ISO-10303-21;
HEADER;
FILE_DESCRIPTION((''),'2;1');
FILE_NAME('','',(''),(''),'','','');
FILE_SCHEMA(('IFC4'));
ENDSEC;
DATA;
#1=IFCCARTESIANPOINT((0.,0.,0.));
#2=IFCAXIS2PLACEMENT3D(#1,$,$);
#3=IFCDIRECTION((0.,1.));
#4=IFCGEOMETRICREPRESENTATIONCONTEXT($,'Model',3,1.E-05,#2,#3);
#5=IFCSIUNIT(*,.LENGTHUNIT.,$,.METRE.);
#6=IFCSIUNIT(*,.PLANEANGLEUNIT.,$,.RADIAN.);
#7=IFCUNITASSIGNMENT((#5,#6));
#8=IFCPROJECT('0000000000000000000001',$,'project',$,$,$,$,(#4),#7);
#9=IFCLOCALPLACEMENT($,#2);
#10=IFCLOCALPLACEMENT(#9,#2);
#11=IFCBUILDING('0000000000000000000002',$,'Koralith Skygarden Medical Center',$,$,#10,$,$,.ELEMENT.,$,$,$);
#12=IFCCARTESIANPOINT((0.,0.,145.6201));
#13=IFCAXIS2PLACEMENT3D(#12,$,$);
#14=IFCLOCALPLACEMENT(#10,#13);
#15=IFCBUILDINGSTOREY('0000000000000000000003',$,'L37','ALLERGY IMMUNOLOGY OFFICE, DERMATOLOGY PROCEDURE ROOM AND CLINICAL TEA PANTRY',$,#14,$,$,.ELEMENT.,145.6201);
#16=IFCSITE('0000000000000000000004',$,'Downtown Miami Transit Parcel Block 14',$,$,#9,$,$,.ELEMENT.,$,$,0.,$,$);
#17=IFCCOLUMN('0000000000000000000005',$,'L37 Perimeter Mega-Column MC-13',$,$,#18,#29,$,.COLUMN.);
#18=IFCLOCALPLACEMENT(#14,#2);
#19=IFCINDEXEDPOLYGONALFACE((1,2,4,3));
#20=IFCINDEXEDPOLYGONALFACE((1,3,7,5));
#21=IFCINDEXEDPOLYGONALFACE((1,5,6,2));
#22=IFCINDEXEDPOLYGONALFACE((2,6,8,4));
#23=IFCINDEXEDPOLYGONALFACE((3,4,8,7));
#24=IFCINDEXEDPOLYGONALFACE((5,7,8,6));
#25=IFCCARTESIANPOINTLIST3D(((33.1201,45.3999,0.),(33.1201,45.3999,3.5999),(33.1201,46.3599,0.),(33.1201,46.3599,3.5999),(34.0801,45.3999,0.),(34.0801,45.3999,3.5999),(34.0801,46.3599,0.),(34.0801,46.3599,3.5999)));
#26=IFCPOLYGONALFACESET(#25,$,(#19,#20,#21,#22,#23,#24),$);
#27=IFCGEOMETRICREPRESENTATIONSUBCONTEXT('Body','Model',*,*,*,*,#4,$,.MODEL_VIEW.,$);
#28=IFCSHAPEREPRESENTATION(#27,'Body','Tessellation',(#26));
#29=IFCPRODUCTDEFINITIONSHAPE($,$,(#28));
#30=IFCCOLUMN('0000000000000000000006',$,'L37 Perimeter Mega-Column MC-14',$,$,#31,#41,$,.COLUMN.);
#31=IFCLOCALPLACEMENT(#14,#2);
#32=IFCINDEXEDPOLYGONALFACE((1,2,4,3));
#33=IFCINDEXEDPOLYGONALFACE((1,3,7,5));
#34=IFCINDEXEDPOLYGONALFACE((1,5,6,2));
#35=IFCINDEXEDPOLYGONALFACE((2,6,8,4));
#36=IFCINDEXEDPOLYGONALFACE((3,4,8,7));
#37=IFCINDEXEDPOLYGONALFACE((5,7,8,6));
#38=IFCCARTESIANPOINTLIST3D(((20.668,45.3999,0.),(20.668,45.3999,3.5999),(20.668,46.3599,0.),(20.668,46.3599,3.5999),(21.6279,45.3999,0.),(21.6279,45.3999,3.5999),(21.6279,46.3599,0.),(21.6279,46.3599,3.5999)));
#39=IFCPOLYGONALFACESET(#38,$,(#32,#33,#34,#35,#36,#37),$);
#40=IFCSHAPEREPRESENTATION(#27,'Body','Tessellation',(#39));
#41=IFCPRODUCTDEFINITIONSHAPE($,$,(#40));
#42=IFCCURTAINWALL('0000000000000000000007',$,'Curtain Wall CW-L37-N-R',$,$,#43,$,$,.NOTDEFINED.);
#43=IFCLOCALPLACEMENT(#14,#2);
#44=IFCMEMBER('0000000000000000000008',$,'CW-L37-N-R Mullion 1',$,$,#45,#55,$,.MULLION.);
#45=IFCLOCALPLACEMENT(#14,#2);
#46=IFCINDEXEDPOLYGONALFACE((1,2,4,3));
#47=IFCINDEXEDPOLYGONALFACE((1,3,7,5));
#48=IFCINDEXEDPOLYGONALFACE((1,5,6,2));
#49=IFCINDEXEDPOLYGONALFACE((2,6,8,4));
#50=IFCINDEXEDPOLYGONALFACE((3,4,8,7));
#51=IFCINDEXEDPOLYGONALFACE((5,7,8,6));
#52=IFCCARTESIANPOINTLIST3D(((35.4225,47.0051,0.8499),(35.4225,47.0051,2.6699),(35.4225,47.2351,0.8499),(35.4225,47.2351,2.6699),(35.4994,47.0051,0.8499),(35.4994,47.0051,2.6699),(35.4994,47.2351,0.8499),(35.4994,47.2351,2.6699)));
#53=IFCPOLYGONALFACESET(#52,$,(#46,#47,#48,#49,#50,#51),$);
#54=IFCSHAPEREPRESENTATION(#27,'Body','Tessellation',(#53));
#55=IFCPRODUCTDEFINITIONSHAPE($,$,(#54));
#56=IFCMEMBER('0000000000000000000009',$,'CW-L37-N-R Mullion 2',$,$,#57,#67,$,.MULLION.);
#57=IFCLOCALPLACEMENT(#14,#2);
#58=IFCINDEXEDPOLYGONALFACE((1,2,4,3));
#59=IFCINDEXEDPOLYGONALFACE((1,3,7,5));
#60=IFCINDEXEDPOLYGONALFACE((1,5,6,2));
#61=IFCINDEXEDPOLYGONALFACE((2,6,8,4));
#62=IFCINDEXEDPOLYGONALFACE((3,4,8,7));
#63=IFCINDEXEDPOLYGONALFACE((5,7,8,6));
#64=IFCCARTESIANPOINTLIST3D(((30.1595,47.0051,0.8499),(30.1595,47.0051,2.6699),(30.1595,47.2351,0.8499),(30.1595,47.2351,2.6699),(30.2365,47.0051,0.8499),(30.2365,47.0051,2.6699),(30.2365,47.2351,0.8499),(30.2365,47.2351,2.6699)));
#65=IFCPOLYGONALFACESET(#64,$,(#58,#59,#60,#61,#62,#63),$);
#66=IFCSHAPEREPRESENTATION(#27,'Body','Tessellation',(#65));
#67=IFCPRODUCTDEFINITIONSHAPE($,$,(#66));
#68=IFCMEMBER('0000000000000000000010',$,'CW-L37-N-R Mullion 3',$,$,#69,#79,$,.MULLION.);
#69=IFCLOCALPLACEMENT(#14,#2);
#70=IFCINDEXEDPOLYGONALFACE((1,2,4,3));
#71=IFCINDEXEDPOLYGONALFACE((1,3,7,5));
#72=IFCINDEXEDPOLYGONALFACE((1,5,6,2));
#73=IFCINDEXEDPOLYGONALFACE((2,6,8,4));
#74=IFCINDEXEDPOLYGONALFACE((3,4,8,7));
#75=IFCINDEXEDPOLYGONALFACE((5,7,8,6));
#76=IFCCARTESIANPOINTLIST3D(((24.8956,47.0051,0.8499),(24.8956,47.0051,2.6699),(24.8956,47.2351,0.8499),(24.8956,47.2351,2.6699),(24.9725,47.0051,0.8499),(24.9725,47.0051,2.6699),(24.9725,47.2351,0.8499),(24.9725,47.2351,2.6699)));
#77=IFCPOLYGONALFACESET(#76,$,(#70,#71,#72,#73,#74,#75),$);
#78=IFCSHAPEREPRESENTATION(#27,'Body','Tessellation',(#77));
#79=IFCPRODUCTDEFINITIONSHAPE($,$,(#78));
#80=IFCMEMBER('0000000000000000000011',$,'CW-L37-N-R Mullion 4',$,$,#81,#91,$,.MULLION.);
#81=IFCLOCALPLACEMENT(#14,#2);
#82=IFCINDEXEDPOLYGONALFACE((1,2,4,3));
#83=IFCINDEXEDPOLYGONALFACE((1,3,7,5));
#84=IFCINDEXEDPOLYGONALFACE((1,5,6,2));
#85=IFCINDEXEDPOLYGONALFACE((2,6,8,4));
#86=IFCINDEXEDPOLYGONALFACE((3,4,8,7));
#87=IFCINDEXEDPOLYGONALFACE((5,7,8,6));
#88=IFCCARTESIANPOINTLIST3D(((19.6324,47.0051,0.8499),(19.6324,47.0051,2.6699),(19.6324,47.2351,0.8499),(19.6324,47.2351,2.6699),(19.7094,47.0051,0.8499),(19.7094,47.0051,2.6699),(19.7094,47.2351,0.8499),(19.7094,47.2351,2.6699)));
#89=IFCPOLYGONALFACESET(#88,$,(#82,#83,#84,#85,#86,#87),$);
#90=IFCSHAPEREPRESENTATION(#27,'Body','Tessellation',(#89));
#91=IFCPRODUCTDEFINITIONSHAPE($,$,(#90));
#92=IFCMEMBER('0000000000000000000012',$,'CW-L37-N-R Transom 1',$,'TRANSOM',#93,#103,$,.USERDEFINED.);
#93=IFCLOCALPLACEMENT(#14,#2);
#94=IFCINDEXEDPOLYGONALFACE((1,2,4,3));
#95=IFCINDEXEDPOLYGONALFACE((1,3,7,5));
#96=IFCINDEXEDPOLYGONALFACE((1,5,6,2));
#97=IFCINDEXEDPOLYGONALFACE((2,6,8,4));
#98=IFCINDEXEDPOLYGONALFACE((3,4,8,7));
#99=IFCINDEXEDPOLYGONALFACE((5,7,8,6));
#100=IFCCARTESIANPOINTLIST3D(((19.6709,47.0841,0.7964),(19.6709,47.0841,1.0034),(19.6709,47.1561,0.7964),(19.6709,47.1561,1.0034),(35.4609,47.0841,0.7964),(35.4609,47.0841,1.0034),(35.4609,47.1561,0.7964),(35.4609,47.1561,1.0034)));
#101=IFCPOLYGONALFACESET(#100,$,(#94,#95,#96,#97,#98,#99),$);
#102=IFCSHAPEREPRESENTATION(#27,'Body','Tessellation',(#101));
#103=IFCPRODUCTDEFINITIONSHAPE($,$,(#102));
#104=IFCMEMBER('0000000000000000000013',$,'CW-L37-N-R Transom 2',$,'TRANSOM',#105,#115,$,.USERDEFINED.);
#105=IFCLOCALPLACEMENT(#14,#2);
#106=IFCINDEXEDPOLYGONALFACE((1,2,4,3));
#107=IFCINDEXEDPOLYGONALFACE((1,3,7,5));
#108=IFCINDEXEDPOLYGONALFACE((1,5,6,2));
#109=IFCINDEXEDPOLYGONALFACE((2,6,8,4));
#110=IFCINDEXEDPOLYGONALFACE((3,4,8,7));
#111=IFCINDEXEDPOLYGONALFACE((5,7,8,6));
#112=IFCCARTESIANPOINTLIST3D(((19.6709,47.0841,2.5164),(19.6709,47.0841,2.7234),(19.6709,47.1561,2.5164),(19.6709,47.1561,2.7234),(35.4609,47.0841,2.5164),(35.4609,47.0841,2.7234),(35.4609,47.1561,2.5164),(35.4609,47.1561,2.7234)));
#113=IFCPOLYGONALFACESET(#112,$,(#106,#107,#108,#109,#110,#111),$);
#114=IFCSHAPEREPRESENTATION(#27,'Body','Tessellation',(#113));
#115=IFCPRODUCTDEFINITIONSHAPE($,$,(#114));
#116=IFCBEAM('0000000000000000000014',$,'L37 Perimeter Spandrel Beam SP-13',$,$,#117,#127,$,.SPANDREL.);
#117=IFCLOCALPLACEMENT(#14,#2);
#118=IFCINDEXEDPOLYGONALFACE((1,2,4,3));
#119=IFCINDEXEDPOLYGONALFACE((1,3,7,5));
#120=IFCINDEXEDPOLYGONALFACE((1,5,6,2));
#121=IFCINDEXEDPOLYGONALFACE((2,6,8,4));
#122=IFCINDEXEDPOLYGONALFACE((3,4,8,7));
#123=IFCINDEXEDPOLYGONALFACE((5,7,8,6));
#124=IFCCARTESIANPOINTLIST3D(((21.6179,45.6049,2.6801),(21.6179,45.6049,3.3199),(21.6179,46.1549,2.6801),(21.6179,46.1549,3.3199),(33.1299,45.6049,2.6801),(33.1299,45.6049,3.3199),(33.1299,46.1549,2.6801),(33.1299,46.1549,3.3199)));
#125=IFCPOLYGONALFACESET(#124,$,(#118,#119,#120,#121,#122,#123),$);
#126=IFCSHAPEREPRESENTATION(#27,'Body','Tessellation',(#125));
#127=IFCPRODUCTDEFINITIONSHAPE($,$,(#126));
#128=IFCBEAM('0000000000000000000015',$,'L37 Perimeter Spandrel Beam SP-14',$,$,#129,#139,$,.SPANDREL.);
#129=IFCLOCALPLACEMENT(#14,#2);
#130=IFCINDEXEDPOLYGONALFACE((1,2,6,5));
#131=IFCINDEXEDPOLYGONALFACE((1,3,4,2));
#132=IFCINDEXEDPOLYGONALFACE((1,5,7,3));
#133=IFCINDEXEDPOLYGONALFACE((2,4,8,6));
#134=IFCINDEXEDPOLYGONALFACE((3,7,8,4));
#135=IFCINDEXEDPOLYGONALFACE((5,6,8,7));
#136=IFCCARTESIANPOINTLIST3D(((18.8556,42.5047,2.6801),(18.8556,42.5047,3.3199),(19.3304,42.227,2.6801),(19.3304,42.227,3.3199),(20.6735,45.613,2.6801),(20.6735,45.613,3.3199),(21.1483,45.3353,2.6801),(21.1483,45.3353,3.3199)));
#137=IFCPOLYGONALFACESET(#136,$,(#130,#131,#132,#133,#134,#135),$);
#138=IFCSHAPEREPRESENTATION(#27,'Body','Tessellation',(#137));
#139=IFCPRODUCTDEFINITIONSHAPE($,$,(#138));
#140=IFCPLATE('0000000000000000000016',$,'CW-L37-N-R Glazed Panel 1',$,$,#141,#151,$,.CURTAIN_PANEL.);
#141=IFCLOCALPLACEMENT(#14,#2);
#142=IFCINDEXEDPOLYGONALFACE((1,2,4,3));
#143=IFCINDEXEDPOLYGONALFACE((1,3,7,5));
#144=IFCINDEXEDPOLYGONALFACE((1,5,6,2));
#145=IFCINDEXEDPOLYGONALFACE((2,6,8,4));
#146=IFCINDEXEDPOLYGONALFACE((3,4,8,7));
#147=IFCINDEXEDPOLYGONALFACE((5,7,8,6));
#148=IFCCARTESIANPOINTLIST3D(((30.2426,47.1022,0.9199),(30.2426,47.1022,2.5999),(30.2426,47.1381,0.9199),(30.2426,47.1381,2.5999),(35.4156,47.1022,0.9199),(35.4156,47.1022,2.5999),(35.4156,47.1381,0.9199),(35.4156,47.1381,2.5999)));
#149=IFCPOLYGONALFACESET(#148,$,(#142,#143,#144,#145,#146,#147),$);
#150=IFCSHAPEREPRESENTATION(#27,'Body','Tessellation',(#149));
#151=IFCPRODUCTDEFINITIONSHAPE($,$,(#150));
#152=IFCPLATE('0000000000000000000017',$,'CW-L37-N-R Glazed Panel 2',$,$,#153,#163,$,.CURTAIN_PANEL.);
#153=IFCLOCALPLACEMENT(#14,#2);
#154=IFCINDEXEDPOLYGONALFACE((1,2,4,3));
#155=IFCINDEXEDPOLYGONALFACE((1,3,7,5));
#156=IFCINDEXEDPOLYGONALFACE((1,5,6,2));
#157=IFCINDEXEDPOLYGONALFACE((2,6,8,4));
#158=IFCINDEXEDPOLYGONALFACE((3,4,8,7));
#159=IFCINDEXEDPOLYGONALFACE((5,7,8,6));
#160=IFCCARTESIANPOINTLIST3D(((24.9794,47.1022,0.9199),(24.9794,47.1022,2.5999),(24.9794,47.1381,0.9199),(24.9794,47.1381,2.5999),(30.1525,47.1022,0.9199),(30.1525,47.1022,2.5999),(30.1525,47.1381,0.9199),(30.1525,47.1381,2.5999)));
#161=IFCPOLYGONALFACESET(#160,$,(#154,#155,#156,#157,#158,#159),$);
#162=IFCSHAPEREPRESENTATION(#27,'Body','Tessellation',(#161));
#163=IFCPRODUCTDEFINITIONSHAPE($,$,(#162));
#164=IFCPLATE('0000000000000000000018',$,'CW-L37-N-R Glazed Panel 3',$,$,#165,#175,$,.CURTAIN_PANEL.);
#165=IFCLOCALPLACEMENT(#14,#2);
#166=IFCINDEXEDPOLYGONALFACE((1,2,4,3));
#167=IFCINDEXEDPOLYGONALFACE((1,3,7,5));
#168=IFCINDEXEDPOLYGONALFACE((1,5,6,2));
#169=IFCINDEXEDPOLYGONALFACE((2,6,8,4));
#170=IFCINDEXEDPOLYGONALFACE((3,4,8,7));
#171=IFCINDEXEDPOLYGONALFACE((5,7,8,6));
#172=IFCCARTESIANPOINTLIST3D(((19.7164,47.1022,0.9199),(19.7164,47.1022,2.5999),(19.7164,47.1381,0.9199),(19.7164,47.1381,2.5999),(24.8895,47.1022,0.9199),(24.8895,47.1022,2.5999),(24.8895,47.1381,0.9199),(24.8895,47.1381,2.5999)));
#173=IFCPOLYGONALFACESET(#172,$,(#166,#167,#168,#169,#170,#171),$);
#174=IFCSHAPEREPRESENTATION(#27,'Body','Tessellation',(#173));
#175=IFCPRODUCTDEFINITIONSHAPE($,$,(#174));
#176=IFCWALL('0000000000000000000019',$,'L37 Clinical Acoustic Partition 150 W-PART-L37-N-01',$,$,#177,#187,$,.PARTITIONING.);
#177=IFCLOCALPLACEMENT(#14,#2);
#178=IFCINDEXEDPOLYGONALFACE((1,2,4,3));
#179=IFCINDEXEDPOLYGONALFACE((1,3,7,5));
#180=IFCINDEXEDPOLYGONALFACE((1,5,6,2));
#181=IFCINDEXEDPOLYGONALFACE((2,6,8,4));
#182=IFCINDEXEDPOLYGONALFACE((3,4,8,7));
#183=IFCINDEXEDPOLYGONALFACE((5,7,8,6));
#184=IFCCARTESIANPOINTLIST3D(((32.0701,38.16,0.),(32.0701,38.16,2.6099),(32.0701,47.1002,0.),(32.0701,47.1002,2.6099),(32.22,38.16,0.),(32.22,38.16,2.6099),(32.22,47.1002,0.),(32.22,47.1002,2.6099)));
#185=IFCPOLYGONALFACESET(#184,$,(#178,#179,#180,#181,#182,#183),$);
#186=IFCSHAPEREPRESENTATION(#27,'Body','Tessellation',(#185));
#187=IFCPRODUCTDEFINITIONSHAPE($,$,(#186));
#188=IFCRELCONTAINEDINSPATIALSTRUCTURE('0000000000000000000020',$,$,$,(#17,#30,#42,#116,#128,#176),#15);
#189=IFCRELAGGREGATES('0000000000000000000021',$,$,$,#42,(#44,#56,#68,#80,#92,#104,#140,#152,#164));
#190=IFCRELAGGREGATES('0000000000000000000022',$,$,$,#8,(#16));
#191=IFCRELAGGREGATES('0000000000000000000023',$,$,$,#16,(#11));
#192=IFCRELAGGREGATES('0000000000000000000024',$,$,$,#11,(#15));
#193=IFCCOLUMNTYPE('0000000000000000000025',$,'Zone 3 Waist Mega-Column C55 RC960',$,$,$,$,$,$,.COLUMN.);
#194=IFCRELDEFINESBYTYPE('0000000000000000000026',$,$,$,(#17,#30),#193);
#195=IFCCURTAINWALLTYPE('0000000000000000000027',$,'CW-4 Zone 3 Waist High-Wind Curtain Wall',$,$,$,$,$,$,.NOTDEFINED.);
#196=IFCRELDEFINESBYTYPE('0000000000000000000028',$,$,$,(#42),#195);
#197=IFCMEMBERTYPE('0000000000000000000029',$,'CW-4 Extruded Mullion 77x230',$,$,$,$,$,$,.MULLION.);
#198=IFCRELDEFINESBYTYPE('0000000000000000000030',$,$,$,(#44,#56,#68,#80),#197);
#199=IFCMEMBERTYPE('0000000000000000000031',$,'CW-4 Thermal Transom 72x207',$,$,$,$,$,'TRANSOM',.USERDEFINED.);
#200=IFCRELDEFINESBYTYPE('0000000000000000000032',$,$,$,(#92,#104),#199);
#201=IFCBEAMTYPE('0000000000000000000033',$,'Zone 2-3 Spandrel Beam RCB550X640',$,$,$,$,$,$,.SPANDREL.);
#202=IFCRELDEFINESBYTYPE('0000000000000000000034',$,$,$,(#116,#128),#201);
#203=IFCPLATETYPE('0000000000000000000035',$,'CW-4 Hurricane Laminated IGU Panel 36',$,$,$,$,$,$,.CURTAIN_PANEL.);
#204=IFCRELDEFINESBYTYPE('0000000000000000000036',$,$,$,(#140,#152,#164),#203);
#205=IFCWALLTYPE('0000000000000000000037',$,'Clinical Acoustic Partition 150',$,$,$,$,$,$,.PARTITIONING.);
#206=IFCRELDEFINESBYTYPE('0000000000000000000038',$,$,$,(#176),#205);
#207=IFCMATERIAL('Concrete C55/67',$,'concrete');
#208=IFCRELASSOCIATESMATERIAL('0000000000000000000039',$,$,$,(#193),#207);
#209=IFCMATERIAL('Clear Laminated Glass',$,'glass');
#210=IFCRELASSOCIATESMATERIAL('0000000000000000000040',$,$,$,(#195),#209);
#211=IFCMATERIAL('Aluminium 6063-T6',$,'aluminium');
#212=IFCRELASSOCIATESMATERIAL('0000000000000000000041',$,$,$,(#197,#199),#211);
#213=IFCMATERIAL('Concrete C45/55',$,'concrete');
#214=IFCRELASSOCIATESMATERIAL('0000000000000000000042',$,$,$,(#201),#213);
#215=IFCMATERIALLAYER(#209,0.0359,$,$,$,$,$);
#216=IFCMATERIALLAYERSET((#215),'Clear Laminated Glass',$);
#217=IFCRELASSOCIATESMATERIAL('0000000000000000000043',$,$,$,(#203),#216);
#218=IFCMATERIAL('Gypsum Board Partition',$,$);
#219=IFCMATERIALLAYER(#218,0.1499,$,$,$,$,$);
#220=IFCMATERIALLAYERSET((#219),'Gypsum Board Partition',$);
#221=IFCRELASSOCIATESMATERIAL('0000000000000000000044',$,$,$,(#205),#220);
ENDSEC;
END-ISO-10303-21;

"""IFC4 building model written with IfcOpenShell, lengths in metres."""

from ifc_helpers import new_model, si_unit, direction, frame, frame_2d, origin, origin_2d, place, context, subcontext, project, spatial, rectangle, extrude, material, layer, layer_set, material_profile, profile_set, type_object, element, aggregate, save


model = new_model("IFC4")

# Units and contexts
model_context = context("Model", 3, precision=1e-05, world=origin(), true_north=direction((0.0, 1.0)))
body_context = subcontext(model_context, "Body", "Model", "MODEL_VIEW")
ifc_project = project(units=[si_unit("LENGTHUNIT", "METRE"), si_unit("PLANEANGLEUNIT", "RADIAN")], contexts=[model_context])

# Site, building, storey
site_placement = place(None, origin())
site = spatial("IfcSite", under=ifc_project, at=site_placement, Name="Downtown Miami Transit Parcel Block 14", CompositionType="ELEMENT", RefElevation=0.0)
building_placement = place(site_placement, origin())
building = spatial("IfcBuilding", under=site, at=building_placement, Name="Koralith Skygarden Medical Center", CompositionType="ELEMENT")
storey_placement = place(building_placement, frame((0.0, 0.0, 145.6201)))
storey = spatial("IfcBuildingStorey", under=building, at=storey_placement, Name="L37", Description="ALLERGY IMMUNOLOGY OFFICE, DERMATOLOGY PROCEDURE ROOM AND CLINICAL TEA PANTRY", CompositionType="ELEMENT", Elevation=145.6201)

# Columns
ifc_material_1 = material(Name="Concrete C55/67", Category="concrete")
ifc_material_profile_1 = material_profile(ifc_material_1, rectangle(XDim=0.96, YDim=0.96, at=origin_2d()), Name="RC960X960")
ifc_profile_set_1 = profile_set([ifc_material_profile_1], Name="Concrete C55/67")
column_type = type_object("IfcColumnType", Name="Zone 3 Waist Mega-Column C55 RC960", PredefinedType="COLUMN", material=ifc_profile_set_1)
for number, where, z_axis, x_axis, name in (
    (1, (33.6001, 45.8799, 0.0), (0.0, 0.0, 1.0), (1.0, 0.0, 0.0), "L37 Perimeter Mega-Column MC-13"),
    (2, (21.1479, 45.8799, 0.0), (0.0, 0.0, 1.0), (1.0, 0.0, 0.0), "L37 Perimeter Mega-Column MC-14"),
):
    element("IfcColumn", number, at=place(storey_placement, frame(where, z_axis=z_axis, x_axis=x_axis)), inside=storey, type_object=column_type, Name=name, PredefinedType="COLUMN", context=body_context, shape_type="SweptSolid", body=[
        extrude(rectangle(XDim=0.96, YDim=0.96, at=origin_2d()), origin(), (0.0, 0.0, 1.0), 3.5999),
    ])

# Curtain wall, members
ifc_material_2 = material(Name="Clear Laminated Glass", Category="glass")
curtain_wall_type = type_object("IfcCurtainWallType", Name="CW-4 Zone 3 Waist High-Wind Curtain Wall", PredefinedType="NOTDEFINED", material=ifc_material_2)
curtain_wall_placement = place(storey_placement, origin())
curtain_wall = element("IfcCurtainWall", 3, at=curtain_wall_placement, inside=storey, type_object=curtain_wall_type, Name="Curtain Wall CW-L37-N-R", PredefinedType="NOTDEFINED")
ifc_material_3 = material(Name="Aluminium 6063-T6", Category="aluminium")
ifc_material_profile_2 = material_profile(ifc_material_3, rectangle(XDim=0.0769, YDim=0.23, at=origin_2d()), Name="MUL77X230")
ifc_profile_set_2 = profile_set([ifc_material_profile_2], Name="Aluminium 6063-T6")
member_type_1 = type_object("IfcMemberType", Name="CW-4 Extruded Mullion 77x230", PredefinedType="MULLION", material=ifc_profile_set_2)
member_1_placement = place(storey_placement, frame((35.4609, 47.1201, 0.8499), z_axis=(0.0, 0.0, 1.0), x_axis=(1.0, 0.0, 0.0)))
member_1 = element("IfcMember", 4, at=member_1_placement, type_object=member_type_1, Name="CW-L37-N-R Mullion 1", PredefinedType="MULLION", context=body_context, shape_type="SweptSolid", body=[
    extrude(rectangle(XDim=0.0769, YDim=0.23, at=origin_2d()), origin(), (0.0, 0.0, 1.0), 1.8201),
])
member_2_placement = place(storey_placement, frame((30.198, 47.1201, 0.8499), z_axis=(0.0, 0.0, 1.0), x_axis=(1.0, 0.0, 0.0)))
member_2 = element("IfcMember", 5, at=member_2_placement, type_object=member_type_1, Name="CW-L37-N-R Mullion 2", PredefinedType="MULLION", context=body_context, shape_type="SweptSolid", body=[
    extrude(rectangle(XDim=0.0769, YDim=0.23, at=origin_2d()), origin(), (0.0, 0.0, 1.0), 1.8201),
])
member_3_placement = place(storey_placement, frame((24.9341, 47.1201, 0.8499), z_axis=(0.0, 0.0, 1.0), x_axis=(1.0, 0.0, 0.0)))
member_3 = element("IfcMember", 6, at=member_3_placement, type_object=member_type_1, Name="CW-L37-N-R Mullion 3", PredefinedType="MULLION", context=body_context, shape_type="SweptSolid", body=[
    extrude(rectangle(XDim=0.0769, YDim=0.23, at=origin_2d()), origin(), (0.0, 0.0, 1.0), 1.8201),
])
member_4_placement = place(storey_placement, frame((19.6709, 47.1201, 0.8499), z_axis=(0.0, 0.0, 1.0), x_axis=(1.0, 0.0, 0.0)))
member_4 = element("IfcMember", 7, at=member_4_placement, type_object=member_type_1, Name="CW-L37-N-R Mullion 4", PredefinedType="MULLION", context=body_context, shape_type="SweptSolid", body=[
    extrude(rectangle(XDim=0.0769, YDim=0.23, at=origin_2d()), origin(), (0.0, 0.0, 1.0), 1.8201),
])
ifc_material_profile_3 = material_profile(ifc_material_3, rectangle(XDim=0.072, YDim=0.207, at=origin_2d()), Name="TRN72X207")
ifc_profile_set_3 = profile_set([ifc_material_profile_3], Name="Aluminium 6063-T6")
member_type_2 = type_object("IfcMemberType", Name="CW-4 Thermal Transom 72x207", ElementType="TRANSOM", PredefinedType="USERDEFINED", material=ifc_profile_set_3)
member_5_placement = place(storey_placement, frame((35.4609, 47.1201, 0.8999), z_axis=(-1.0, 0.0, 0.0), x_axis=(0.0, -1.0, 0.0)))
member_5 = element("IfcMember", 8, at=member_5_placement, type_object=member_type_2, Name="CW-L37-N-R Transom 1", ObjectType="TRANSOM", PredefinedType="USERDEFINED", context=body_context, shape_type="SweptSolid", body=[
    extrude(rectangle(XDim=0.072, YDim=0.207, at=origin_2d()), origin(), (0.0, 0.0, 1.0), 15.79),
])
member_6_placement = place(storey_placement, frame((35.4609, 47.1201, 2.6199), z_axis=(-1.0, 0.0, 0.0), x_axis=(0.0, -1.0, 0.0)))
member_6 = element("IfcMember", 9, at=member_6_placement, type_object=member_type_2, Name="CW-L37-N-R Transom 2", ObjectType="TRANSOM", PredefinedType="USERDEFINED", context=body_context, shape_type="SweptSolid", body=[
    extrude(rectangle(XDim=0.072, YDim=0.207, at=origin_2d()), origin(), (0.0, 0.0, 1.0), 15.79),
])

# Beams
ifc_material_4 = material(Name="Concrete C45/55", Category="concrete")
ifc_material_profile_4 = material_profile(ifc_material_4, rectangle(XDim=0.55, YDim=0.6399, at=origin_2d()), Name="RCB550X640")
ifc_profile_set_4 = profile_set([ifc_material_profile_4], Name="Concrete C45/55")
beam_type = type_object("IfcBeamType", Name="Zone 2-3 Spandrel Beam RCB550X640", PredefinedType="SPANDREL", material=ifc_profile_set_4)
beam_1_placement = place(storey_placement, frame((33.1299, 45.8799, 3.0), z_axis=(-1.0, 0.0, 0.0), x_axis=(0.0, -1.0, 0.0)))
element("IfcBeam", 10, at=beam_1_placement, inside=storey, type_object=beam_type, Name="L37 Perimeter Spandrel Beam SP-13", PredefinedType="SPANDREL", context=body_context, shape_type="SweptSolid", body=[
    extrude(rectangle(XDim=0.55, YDim=0.6399, at=origin_2d()), origin(), (0.0, 0.0, 1.0), 11.512),
])
beam_2_placement = place(storey_placement, frame((20.9109, 45.4741, 3.0), z_axis=(-0.504861, -0.8632, 0.0), x_axis=(0.8632, -0.504861, 0.0)))
element("IfcBeam", 11, at=beam_2_placement, inside=storey, type_object=beam_type, Name="L37 Perimeter Spandrel Beam SP-14", PredefinedType="SPANDREL", context=body_context, shape_type="SweptSolid", body=[
    extrude(rectangle(XDim=0.55, YDim=0.6399, at=origin_2d()), origin(), (0.0, 0.0, 1.0), 3.6008),
])

# Plates
ifc_layer_1 = layer(ifc_material_2, 0.0359)
ifc_layer_set_1 = layer_set([ifc_layer_1], Name="Clear Laminated Glass")
plate_type = type_object("IfcPlateType", Name="CW-4 Hurricane Laminated IGU Panel 36", PredefinedType="CURTAIN_PANEL", material=ifc_layer_set_1)
plate_1_placement = place(storey_placement, frame((32.8291, 47.1201, 0.9199), z_axis=(0.0, 0.0, 1.0), x_axis=(-1.0, 0.0, 0.0)))
plate_1 = element("IfcPlate", 12, at=plate_1_placement, type_object=plate_type, Name="CW-L37-N-R Glazed Panel 1", PredefinedType="CURTAIN_PANEL", context=body_context, shape_type="SweptSolid", body=[
    extrude(rectangle(XDim=5.1731, YDim=0.0359, at=origin_2d()), origin(), (0.0, 0.0, 1.0), 1.6799),
])
plate_2_placement = place(storey_placement, frame((27.5659, 47.1201, 0.9199), z_axis=(0.0, 0.0, 1.0), x_axis=(-1.0, 0.0, 0.0)))
plate_2 = element("IfcPlate", 13, at=plate_2_placement, type_object=plate_type, Name="CW-L37-N-R Glazed Panel 2", PredefinedType="CURTAIN_PANEL", context=body_context, shape_type="SweptSolid", body=[
    extrude(rectangle(XDim=5.1731, YDim=0.0359, at=origin_2d()), origin(), (0.0, 0.0, 1.0), 1.6799),
])
plate_3_placement = place(storey_placement, frame((22.303, 47.1201, 0.9199), z_axis=(0.0, 0.0, 1.0), x_axis=(-1.0, 0.0, 0.0)))
plate_3 = element("IfcPlate", 14, at=plate_3_placement, type_object=plate_type, Name="CW-L37-N-R Glazed Panel 3", PredefinedType="CURTAIN_PANEL", context=body_context, shape_type="SweptSolid", body=[
    extrude(rectangle(XDim=5.1731, YDim=0.0359, at=origin_2d()), origin(), (0.0, 0.0, 1.0), 1.6799),
])
aggregate(curtain_wall, [member_1, member_2, member_3, member_4, member_5, member_6, plate_1, plate_2, plate_3])

# Wall
ifc_material_5 = material(Name="Gypsum Board Partition")
ifc_layer_2 = layer(ifc_material_5, 0.1499)
ifc_layer_set_2 = layer_set([ifc_layer_2], Name="Gypsum Board Partition")
wall_type_1 = type_object("IfcWallType", Name="Clinical Acoustic Partition 150", PredefinedType="PARTITIONING", material=ifc_layer_set_2)
wall_1_placement = place(storey_placement, frame((32.145, 38.1599, 0.0), z_axis=(0.0, 0.0, 1.0), x_axis=(0.0, 1.0, 0.0)))
element("IfcWall", 15, at=wall_1_placement, inside=storey, type_object=wall_type_1, Name="L37 Clinical Acoustic Partition 150 W-PART-L37-N-01", PredefinedType="PARTITIONING", context=body_context, shape_type="SweptSolid", body=[
    extrude(rectangle(XDim=8.9402, YDim=0.1499, at=frame_2d((4.4702, 0.0))), origin(), (0.0, 0.0, 1.0), 2.6099),
])

save(model, "model.ifc")
